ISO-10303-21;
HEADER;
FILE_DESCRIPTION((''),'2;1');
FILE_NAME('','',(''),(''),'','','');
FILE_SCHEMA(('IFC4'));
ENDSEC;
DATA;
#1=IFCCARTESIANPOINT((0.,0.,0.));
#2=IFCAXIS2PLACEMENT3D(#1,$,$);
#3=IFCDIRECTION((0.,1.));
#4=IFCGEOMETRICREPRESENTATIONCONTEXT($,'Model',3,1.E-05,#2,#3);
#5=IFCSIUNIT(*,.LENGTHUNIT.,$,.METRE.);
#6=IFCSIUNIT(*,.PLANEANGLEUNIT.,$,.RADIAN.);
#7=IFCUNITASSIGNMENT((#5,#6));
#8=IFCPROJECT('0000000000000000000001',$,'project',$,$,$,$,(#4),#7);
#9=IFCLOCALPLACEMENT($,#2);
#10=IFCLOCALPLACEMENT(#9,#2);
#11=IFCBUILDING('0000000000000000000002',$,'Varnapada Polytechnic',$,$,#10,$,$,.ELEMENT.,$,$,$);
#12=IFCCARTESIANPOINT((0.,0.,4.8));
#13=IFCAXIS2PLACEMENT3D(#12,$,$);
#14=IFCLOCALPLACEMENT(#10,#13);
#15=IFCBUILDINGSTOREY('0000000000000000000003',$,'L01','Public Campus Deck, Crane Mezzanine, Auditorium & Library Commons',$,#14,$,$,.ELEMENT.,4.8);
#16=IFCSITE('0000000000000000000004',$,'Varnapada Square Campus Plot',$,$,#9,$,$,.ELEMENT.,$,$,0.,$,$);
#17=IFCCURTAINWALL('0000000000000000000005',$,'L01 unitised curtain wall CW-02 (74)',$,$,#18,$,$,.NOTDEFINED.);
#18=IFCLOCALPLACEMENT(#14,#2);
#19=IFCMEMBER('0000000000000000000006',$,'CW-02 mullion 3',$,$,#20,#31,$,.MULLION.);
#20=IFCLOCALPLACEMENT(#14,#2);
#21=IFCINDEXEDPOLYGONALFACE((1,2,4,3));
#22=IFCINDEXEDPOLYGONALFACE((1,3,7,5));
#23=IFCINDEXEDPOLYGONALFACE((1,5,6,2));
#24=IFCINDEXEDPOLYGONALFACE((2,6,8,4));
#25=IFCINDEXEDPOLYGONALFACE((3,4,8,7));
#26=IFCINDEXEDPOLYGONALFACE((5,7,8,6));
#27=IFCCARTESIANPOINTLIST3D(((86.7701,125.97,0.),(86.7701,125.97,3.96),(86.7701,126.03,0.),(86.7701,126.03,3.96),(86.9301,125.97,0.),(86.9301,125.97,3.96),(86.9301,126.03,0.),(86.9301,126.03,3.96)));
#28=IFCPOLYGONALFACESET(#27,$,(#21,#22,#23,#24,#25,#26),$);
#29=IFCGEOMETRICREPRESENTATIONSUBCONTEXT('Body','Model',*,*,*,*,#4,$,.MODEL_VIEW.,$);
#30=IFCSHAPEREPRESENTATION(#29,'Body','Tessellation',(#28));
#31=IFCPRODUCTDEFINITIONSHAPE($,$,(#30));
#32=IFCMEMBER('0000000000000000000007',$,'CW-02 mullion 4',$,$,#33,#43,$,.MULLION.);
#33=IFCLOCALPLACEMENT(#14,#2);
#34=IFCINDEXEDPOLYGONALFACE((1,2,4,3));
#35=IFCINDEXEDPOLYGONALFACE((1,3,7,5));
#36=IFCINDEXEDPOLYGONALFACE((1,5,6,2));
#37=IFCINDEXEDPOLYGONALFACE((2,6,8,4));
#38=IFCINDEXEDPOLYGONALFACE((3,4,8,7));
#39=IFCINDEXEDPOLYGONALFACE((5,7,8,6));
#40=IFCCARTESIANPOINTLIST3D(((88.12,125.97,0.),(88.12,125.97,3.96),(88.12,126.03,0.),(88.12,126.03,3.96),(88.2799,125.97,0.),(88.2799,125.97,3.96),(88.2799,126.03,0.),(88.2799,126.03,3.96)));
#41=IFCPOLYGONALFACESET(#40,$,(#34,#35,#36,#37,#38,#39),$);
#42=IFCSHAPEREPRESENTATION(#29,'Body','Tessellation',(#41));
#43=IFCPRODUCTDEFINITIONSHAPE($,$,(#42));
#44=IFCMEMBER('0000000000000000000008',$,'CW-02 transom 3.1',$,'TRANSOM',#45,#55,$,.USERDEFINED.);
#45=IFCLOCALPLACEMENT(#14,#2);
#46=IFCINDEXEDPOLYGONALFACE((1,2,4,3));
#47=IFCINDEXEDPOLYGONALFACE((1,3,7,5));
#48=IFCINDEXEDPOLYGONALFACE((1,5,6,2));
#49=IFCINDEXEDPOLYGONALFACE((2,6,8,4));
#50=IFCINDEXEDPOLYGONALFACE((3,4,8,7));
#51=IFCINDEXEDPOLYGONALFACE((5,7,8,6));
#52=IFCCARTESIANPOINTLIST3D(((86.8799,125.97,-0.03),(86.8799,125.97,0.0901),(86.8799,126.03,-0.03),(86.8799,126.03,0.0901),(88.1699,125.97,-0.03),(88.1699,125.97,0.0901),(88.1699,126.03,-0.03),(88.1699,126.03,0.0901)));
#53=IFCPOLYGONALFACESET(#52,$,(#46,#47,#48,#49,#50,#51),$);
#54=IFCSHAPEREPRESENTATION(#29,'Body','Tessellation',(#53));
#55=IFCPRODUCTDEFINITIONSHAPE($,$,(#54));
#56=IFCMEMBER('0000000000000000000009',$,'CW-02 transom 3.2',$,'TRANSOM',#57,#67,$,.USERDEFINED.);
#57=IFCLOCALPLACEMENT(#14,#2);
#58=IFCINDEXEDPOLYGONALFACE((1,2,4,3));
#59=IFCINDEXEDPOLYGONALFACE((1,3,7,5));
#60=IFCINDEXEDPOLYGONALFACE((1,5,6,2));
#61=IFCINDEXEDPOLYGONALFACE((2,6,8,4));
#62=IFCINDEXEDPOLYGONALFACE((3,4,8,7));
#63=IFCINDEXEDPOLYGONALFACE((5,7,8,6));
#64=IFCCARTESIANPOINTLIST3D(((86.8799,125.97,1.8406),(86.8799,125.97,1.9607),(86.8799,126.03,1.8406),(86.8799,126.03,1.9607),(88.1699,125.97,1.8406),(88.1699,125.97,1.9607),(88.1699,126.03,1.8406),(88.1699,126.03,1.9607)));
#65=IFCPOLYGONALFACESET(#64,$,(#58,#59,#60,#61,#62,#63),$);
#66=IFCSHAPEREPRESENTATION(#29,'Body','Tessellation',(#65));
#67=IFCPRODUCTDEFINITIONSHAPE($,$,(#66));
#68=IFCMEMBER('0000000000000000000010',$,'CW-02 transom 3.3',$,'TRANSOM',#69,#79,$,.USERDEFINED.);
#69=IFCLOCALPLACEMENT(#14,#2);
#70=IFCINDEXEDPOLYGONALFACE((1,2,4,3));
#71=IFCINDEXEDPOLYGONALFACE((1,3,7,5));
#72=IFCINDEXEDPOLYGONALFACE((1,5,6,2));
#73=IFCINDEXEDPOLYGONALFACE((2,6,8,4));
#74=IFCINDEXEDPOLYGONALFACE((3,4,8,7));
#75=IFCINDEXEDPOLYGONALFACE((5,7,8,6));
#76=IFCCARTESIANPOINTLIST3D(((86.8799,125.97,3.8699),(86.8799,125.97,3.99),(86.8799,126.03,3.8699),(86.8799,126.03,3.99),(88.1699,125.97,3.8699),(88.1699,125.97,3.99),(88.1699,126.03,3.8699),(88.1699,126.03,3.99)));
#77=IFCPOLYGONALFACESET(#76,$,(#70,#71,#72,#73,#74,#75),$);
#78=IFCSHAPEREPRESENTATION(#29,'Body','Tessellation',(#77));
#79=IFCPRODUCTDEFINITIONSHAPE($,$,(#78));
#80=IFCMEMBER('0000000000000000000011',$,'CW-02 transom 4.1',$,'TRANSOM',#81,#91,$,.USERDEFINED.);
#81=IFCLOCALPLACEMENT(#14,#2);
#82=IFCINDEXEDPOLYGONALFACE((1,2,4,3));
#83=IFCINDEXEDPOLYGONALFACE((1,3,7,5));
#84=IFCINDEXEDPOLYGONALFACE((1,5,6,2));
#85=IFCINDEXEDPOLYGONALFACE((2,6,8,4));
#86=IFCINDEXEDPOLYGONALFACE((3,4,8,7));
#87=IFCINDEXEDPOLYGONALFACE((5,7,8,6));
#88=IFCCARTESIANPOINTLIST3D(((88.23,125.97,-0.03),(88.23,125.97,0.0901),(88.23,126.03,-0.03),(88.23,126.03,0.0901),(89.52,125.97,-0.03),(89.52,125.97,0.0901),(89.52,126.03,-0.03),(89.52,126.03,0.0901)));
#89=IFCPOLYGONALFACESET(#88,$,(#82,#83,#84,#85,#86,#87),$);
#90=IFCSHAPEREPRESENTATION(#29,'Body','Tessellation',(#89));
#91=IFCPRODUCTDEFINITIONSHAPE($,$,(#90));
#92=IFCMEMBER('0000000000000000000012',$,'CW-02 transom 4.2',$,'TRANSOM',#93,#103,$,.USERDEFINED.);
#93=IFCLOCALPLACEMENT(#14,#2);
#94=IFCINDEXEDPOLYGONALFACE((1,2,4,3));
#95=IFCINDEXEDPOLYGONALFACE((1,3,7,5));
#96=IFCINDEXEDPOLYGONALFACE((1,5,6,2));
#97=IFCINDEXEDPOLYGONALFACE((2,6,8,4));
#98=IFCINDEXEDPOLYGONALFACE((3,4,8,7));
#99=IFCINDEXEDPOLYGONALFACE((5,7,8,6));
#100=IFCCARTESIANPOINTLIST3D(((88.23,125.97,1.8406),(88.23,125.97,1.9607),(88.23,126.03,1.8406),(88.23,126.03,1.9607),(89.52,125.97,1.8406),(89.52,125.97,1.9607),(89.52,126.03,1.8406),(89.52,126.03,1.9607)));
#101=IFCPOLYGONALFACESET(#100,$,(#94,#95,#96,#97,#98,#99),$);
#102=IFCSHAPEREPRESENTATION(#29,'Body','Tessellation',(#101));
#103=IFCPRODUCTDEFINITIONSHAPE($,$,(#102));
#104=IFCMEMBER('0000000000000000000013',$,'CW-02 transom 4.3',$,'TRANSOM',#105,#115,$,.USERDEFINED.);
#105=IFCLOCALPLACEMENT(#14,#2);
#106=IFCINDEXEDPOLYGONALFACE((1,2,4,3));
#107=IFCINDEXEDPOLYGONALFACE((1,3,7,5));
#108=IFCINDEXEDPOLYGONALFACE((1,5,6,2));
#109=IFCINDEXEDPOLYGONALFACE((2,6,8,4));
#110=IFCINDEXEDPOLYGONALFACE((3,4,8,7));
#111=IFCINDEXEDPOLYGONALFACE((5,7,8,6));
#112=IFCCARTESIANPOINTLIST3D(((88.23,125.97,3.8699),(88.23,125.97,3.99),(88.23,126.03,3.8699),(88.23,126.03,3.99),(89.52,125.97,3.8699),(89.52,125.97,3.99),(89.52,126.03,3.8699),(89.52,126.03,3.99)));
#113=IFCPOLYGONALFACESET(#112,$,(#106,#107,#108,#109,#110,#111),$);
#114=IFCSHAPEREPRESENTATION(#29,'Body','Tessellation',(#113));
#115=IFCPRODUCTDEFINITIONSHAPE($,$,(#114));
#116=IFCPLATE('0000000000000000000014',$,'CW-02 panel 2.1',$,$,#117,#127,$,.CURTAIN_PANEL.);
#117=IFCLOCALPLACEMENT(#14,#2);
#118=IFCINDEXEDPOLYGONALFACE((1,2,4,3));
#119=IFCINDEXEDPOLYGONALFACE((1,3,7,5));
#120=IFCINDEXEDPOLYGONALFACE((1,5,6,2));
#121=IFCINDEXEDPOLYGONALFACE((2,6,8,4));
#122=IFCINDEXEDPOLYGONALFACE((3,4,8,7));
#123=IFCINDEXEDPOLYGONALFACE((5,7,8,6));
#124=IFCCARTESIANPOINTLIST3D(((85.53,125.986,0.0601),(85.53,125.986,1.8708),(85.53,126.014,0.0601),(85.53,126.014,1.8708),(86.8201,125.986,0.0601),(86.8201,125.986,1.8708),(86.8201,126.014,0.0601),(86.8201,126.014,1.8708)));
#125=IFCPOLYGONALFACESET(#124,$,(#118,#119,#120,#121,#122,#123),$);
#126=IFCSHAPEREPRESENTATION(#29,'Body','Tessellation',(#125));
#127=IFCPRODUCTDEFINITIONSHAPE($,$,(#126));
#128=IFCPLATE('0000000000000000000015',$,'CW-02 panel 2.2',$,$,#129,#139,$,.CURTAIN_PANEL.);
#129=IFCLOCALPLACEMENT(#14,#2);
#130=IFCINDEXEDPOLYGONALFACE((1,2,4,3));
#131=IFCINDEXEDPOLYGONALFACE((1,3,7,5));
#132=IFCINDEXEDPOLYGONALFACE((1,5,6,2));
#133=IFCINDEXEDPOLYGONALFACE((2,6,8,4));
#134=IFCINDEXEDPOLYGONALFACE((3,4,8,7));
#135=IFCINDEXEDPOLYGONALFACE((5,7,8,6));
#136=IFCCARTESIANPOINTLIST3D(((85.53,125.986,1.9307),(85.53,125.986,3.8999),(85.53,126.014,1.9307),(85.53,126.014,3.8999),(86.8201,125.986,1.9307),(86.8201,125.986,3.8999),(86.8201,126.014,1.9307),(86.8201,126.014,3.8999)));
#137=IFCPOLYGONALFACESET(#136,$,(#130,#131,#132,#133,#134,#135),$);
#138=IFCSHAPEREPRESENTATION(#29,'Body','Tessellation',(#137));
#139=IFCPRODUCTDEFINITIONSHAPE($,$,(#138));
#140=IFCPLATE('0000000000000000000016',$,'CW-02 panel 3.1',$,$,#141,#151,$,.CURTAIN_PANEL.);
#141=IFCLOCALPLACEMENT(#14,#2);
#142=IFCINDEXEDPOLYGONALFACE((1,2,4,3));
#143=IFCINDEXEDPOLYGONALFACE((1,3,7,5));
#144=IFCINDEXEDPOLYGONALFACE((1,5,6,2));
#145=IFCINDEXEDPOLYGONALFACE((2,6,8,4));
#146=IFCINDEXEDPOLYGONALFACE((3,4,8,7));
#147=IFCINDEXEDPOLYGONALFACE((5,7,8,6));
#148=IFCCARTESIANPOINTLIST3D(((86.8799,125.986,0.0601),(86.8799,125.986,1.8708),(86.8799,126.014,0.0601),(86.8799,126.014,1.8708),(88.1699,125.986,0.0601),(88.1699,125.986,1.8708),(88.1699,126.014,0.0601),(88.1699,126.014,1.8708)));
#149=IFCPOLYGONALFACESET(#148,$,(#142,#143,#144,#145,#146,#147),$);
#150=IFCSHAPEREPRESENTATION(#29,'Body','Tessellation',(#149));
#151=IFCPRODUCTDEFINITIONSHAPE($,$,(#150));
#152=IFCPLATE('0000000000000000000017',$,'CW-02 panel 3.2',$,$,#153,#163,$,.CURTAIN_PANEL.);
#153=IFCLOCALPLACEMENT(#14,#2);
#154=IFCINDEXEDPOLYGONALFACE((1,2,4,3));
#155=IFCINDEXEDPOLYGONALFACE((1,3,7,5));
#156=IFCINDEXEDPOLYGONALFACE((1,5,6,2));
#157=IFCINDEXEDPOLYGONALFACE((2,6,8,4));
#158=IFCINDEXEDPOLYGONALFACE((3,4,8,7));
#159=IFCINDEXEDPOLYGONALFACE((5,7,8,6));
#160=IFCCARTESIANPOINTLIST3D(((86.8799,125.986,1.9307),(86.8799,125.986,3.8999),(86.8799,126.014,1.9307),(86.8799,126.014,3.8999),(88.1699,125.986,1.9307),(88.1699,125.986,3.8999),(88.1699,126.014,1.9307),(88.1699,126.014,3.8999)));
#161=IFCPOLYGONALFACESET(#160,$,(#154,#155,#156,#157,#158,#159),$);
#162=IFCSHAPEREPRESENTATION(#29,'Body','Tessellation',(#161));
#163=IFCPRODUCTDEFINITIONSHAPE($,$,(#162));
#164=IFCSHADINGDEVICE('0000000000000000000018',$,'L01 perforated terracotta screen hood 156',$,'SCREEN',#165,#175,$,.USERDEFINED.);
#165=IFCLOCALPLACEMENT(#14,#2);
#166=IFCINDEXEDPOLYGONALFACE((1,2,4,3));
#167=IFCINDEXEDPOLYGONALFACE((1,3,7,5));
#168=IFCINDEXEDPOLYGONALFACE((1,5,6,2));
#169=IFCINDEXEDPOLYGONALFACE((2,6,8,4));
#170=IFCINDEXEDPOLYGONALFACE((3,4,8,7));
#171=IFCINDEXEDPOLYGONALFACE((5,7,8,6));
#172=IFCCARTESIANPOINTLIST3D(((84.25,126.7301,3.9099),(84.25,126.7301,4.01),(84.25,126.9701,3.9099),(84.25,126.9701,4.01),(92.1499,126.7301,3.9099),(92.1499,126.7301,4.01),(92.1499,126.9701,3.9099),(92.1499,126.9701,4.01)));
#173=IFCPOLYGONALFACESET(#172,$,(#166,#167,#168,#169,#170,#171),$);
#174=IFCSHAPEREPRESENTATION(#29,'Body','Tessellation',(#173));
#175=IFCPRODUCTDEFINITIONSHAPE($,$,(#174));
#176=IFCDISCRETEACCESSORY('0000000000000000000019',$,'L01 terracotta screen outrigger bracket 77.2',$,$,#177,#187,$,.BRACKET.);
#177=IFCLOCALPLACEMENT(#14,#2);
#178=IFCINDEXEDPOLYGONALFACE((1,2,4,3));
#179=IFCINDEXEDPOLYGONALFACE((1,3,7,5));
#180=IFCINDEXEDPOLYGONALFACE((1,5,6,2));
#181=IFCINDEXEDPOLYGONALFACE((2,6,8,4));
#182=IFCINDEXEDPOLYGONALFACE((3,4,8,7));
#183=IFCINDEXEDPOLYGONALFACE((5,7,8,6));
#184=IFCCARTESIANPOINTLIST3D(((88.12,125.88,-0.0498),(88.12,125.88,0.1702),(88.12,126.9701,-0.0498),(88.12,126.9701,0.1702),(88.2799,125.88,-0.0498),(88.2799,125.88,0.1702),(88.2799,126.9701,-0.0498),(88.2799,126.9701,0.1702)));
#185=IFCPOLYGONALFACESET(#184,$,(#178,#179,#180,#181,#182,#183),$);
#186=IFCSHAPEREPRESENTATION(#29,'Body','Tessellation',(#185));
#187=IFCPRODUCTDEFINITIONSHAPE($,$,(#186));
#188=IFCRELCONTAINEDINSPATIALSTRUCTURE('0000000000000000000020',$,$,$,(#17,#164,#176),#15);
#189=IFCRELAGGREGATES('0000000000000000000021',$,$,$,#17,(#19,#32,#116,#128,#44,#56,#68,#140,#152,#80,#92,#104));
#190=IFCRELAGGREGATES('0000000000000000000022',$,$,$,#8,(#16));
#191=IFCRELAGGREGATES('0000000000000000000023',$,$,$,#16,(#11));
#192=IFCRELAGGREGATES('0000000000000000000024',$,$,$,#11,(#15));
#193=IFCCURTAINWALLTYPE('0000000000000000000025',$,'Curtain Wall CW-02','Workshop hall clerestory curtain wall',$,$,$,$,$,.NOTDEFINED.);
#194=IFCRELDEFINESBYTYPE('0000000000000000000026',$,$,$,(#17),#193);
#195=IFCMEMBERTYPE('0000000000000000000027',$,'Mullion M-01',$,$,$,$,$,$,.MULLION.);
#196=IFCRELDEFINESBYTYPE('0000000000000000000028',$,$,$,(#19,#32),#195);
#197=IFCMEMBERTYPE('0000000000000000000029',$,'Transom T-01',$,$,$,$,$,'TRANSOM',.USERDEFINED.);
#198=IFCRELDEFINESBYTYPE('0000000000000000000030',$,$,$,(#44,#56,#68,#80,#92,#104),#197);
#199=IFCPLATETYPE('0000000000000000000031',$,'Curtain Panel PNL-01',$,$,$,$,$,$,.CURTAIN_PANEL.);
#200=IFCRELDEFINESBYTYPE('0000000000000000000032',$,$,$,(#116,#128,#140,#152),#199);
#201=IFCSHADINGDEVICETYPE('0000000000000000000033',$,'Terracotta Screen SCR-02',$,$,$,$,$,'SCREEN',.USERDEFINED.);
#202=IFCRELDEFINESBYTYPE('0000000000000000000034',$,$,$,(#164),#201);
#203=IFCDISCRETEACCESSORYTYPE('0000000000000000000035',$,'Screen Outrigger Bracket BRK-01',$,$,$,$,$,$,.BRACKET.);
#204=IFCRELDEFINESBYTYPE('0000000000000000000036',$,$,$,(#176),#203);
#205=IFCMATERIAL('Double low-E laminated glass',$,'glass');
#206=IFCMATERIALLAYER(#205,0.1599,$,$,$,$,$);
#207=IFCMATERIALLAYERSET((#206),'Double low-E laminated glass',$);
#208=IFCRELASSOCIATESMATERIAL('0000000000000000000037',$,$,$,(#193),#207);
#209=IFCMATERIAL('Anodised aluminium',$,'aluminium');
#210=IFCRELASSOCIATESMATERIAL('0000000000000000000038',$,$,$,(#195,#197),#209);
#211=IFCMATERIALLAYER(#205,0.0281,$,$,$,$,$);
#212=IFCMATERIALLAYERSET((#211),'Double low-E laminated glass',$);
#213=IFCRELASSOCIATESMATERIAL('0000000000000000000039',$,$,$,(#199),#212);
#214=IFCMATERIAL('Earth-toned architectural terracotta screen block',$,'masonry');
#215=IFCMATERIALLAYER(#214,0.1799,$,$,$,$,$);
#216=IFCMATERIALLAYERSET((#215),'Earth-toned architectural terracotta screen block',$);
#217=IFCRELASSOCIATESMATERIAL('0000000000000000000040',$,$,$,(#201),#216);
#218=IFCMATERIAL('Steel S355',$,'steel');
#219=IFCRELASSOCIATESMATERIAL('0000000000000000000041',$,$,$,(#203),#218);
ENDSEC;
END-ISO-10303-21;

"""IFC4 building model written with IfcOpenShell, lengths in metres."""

from ifc_helpers import new_model, si_unit, direction, frame, origin, origin_2d, place, context, subcontext, project, spatial, rectangle, extrude, material, layer, layer_set, material_profile, profile_set, type_object, element, aggregate, save


model = new_model("IFC4")

# Units and contexts
model_context = context("Model", 3, precision=1e-05, world=origin(), true_north=direction((0.0, 1.0)))
body_context = subcontext(model_context, "Body", "Model", "MODEL_VIEW")
ifc_project = project(units=[si_unit("LENGTHUNIT", "METRE"), si_unit("PLANEANGLEUNIT", "RADIAN")], contexts=[model_context])

# Site, building, storey
site_placement = place(None, origin())
site = spatial("IfcSite", under=ifc_project, at=site_placement, Name="Varnapada Square Campus Plot", CompositionType="ELEMENT", RefElevation=0.0)
building_placement = place(site_placement, origin())
building = spatial("IfcBuilding", under=site, at=building_placement, Name="Varnapada Polytechnic", CompositionType="ELEMENT")
storey_placement = place(building_placement, frame((0.0, 0.0, 4.8)))
storey = spatial("IfcBuildingStorey", under=building, at=storey_placement, Name="L01", Description="Public Campus Deck, Crane Mezzanine, Auditorium & Library Commons", CompositionType="ELEMENT", Elevation=4.8)

# Curtain wall, members, plates
ifc_material_1 = material(Name="Double low-E laminated glass", Category="glass")
ifc_layer_1 = layer(ifc_material_1, 0.1599)
ifc_layer_set_1 = layer_set([ifc_layer_1], Name="Double low-E laminated glass")
curtain_wall_type = type_object("IfcCurtainWallType", Name="Curtain Wall CW-02", Description="Workshop hall clerestory curtain wall", PredefinedType="NOTDEFINED", material=ifc_layer_set_1)
curtain_wall_placement = place(storey_placement, origin())
curtain_wall = element("IfcCurtainWall", 1, at=curtain_wall_placement, inside=storey, type_object=curtain_wall_type, Name="L01 unitised curtain wall CW-02 (74)", PredefinedType="NOTDEFINED")
ifc_material_2 = material(Name="Anodised aluminium", Category="aluminium")
ifc_material_profile_1 = material_profile(ifc_material_2, rectangle(XDim=0.0601, YDim=0.1599, at=origin_2d()), Name="ALU M60x160")
ifc_profile_set_1 = profile_set([ifc_material_profile_1], Name="Anodised aluminium")
member_type_1 = type_object("IfcMemberType", Name="Mullion M-01", PredefinedType="MULLION", material=ifc_profile_set_1)
member_1_placement = place(storey_placement, frame((86.8501, 126.0, 0.0), z_axis=(0.0, 0.0, 1.0), x_axis=(0.0, 1.0, 0.0)))
member_1 = element("IfcMember", 2, at=member_1_placement, type_object=member_type_1, Name="CW-02 mullion 3", PredefinedType="MULLION", context=body_context, shape_type="SweptSolid", body=[
    extrude(rectangle(XDim=0.0601, YDim=0.1599, at=origin_2d()), origin(), (0.0, 0.0, 1.0), 3.96),
])
member_2_placement = place(storey_placement, frame((88.2, 126.0, 0.0), z_axis=(0.0, 0.0, 1.0), x_axis=(0.0, 1.0, 0.0)))
member_2 = element("IfcMember", 3, at=member_2_placement, type_object=member_type_1, Name="CW-02 mullion 4", PredefinedType="MULLION", context=body_context, shape_type="SweptSolid", body=[
    extrude(rectangle(XDim=0.0601, YDim=0.1599, at=origin_2d()), origin(), (0.0, 0.0, 1.0), 3.96),
])
ifc_material_profile_2 = material_profile(ifc_material_2, rectangle(XDim=0.0601, YDim=0.1201, at=origin_2d()), Name="ALU T60x120")
ifc_profile_set_2 = profile_set([ifc_material_profile_2], Name="Anodised aluminium")
member_type_2 = type_object("IfcMemberType", Name="Transom T-01", ElementType="TRANSOM", PredefinedType="USERDEFINED", material=ifc_profile_set_2)
member_3_placement = place(storey_placement, frame((86.8799, 126.0, 0.03), z_axis=(1.0, 0.0, 0.0), x_axis=(0.0, 1.0, 0.0)))
member_3 = element("IfcMember", 4, at=member_3_placement, type_object=member_type_2, Name="CW-02 transom 3.1", ObjectType="TRANSOM", PredefinedType="USERDEFINED", context=body_context, shape_type="SweptSolid", body=[
    extrude(rectangle(XDim=0.0601, YDim=0.1201, at=origin_2d()), origin(), (0.0, 0.0, 1.0), 1.29),
])
member_4_placement = place(storey_placement, frame((86.8799, 126.0, 1.9006), z_axis=(1.0, 0.0, 0.0), x_axis=(0.0, 1.0, 0.0)))
member_4 = element("IfcMember", 5, at=member_4_placement, type_object=member_type_2, Name="CW-02 transom 3.2", ObjectType="TRANSOM", PredefinedType="USERDEFINED", context=body_context, shape_type="SweptSolid", body=[
    extrude(rectangle(XDim=0.0601, YDim=0.1201, at=origin_2d()), origin(), (0.0, 0.0, 1.0), 1.29),
])
member_5_placement = place(storey_placement, frame((86.8799, 126.0, 3.9299), z_axis=(1.0, 0.0, 0.0), x_axis=(0.0, 1.0, 0.0)))
member_5 = element("IfcMember", 6, at=member_5_placement, type_object=member_type_2, Name="CW-02 transom 3.3", ObjectType="TRANSOM", PredefinedType="USERDEFINED", context=body_context, shape_type="SweptSolid", body=[
    extrude(rectangle(XDim=0.0601, YDim=0.1201, at=origin_2d()), origin(), (0.0, 0.0, 1.0), 1.29),
])
member_6_placement = place(storey_placement, frame((88.23, 126.0, 0.03), z_axis=(1.0, 0.0, 0.0), x_axis=(0.0, 1.0, 0.0)))
member_6 = element("IfcMember", 7, at=member_6_placement, type_object=member_type_2, Name="CW-02 transom 4.1", ObjectType="TRANSOM", PredefinedType="USERDEFINED", context=body_context, shape_type="SweptSolid", body=[
    extrude(rectangle(XDim=0.0601, YDim=0.1201, at=origin_2d()), origin(), (0.0, 0.0, 1.0), 1.29),
])
member_7_placement = place(storey_placement, frame((88.23, 126.0, 1.9006), z_axis=(1.0, 0.0, 0.0), x_axis=(0.0, 1.0, 0.0)))
member_7 = element("IfcMember", 8, at=member_7_placement, type_object=member_type_2, Name="CW-02 transom 4.2", ObjectType="TRANSOM", PredefinedType="USERDEFINED", context=body_context, shape_type="SweptSolid", body=[
    extrude(rectangle(XDim=0.0601, YDim=0.1201, at=origin_2d()), origin(), (0.0, 0.0, 1.0), 1.29),
])
member_8_placement = place(storey_placement, frame((88.23, 126.0, 3.9299), z_axis=(1.0, 0.0, 0.0), x_axis=(0.0, 1.0, 0.0)))
member_8 = element("IfcMember", 9, at=member_8_placement, type_object=member_type_2, Name="CW-02 transom 4.3", ObjectType="TRANSOM", PredefinedType="USERDEFINED", context=body_context, shape_type="SweptSolid", body=[
    extrude(rectangle(XDim=0.0601, YDim=0.1201, at=origin_2d()), origin(), (0.0, 0.0, 1.0), 1.29),
])
ifc_layer_2 = layer(ifc_material_1, 0.0281)
ifc_layer_set_2 = layer_set([ifc_layer_2], Name="Double low-E laminated glass")
plate_type = type_object("IfcPlateType", Name="Curtain Panel PNL-01", PredefinedType="CURTAIN_PANEL", material=ifc_layer_set_2)
plate_1_placement = place(storey_placement, frame((86.175, 126.0, 0.0601), z_axis=(0.0, 0.0, 1.0), x_axis=(1.0, 0.0, 0.0)))
plate_1 = element("IfcPlate", 10, at=plate_1_placement, type_object=plate_type, Name="CW-02 panel 2.1", PredefinedType="CURTAIN_PANEL", context=body_context, shape_type="SweptSolid", body=[
    extrude(rectangle(XDim=1.29, YDim=0.0281, at=origin_2d()), origin(), (0.0, 0.0, 1.0), 1.8108),
])
plate_2_placement = place(storey_placement, frame((86.175, 126.0, 1.9307), z_axis=(0.0, 0.0, 1.0), x_axis=(1.0, 0.0, 0.0)))
plate_2 = element("IfcPlate", 11, at=plate_2_placement, type_object=plate_type, Name="CW-02 panel 2.2", PredefinedType="CURTAIN_PANEL", context=body_context, shape_type="SweptSolid", body=[
    extrude(rectangle(XDim=1.29, YDim=0.0281, at=origin_2d()), origin(), (0.0, 0.0, 1.0), 1.9692),
])
plate_3_placement = place(storey_placement, frame((87.5249, 126.0, 0.0601), z_axis=(0.0, 0.0, 1.0), x_axis=(1.0, 0.0, 0.0)))
plate_3 = element("IfcPlate", 12, at=plate_3_placement, type_object=plate_type, Name="CW-02 panel 3.1", PredefinedType="CURTAIN_PANEL", context=body_context, shape_type="SweptSolid", body=[
    extrude(rectangle(XDim=1.29, YDim=0.0281, at=origin_2d()), origin(), (0.0, 0.0, 1.0), 1.8108),
])
plate_4_placement = place(storey_placement, frame((87.5249, 126.0, 1.9307), z_axis=(0.0, 0.0, 1.0), x_axis=(1.0, 0.0, 0.0)))
plate_4 = element("IfcPlate", 13, at=plate_4_placement, type_object=plate_type, Name="CW-02 panel 3.2", PredefinedType="CURTAIN_PANEL", context=body_context, shape_type="SweptSolid", body=[
    extrude(rectangle(XDim=1.29, YDim=0.0281, at=origin_2d()), origin(), (0.0, 0.0, 1.0), 1.9692),
])
aggregate(curtain_wall, [member_1, member_2, plate_1, plate_2, member_3, member_4, member_5, plate_3, plate_4, member_6, member_7, member_8])

# Shading device
ifc_material_3 = material(Name="Earth-toned architectural terracotta screen block", Category="masonry")
ifc_layer_3 = layer(ifc_material_3, 0.1799)
ifc_layer_set_3 = layer_set([ifc_layer_3], Name="Earth-toned architectural terracotta screen block")
shading_device_type = type_object("IfcShadingDeviceType", Name="Terracotta Screen SCR-02", ElementType="SCREEN", PredefinedType="USERDEFINED", material=ifc_layer_set_3)
shading_device_placement = place(storey_placement, frame((88.2, 126.8501, 3.9099), z_axis=(0.0, 0.0, 1.0), x_axis=(1.0, 0.0, 0.0)))
element("IfcShadingDevice", 14, at=shading_device_placement, inside=storey, type_object=shading_device_type, Name="L01 perforated terracotta screen hood 156", ObjectType="SCREEN", PredefinedType="USERDEFINED", context=body_context, shape_type="SweptSolid", body=[
    extrude(rectangle(XDim=7.8999, YDim=0.24, at=origin_2d()), origin(), (0.0, 0.0, 1.0), 0.1001),
])

# Discrete accessory
ifc_material_4 = material(Name="Steel S355", Category="steel")
discrete_accessory_type = type_object("IfcDiscreteAccessoryType", Name="Screen Outrigger Bracket BRK-01", PredefinedType="BRACKET", material=ifc_material_4)
discrete_accessory_placement = place(storey_placement, frame((88.2, 126.425, -0.0498), z_axis=(0.0, 0.0, 1.0), x_axis=(1.0, 0.0, 0.0)))
element("IfcDiscreteAccessory", 15, at=discrete_accessory_placement, inside=storey, type_object=discrete_accessory_type, Name="L01 terracotta screen outrigger bracket 77.2", PredefinedType="BRACKET", context=body_context, shape_type="SweptSolid", body=[
    extrude(rectangle(XDim=0.1599, YDim=1.0901, at=origin_2d()), origin(), (0.0, 0.0, 1.0), 0.22),
])

save(model, "model.ifc")
